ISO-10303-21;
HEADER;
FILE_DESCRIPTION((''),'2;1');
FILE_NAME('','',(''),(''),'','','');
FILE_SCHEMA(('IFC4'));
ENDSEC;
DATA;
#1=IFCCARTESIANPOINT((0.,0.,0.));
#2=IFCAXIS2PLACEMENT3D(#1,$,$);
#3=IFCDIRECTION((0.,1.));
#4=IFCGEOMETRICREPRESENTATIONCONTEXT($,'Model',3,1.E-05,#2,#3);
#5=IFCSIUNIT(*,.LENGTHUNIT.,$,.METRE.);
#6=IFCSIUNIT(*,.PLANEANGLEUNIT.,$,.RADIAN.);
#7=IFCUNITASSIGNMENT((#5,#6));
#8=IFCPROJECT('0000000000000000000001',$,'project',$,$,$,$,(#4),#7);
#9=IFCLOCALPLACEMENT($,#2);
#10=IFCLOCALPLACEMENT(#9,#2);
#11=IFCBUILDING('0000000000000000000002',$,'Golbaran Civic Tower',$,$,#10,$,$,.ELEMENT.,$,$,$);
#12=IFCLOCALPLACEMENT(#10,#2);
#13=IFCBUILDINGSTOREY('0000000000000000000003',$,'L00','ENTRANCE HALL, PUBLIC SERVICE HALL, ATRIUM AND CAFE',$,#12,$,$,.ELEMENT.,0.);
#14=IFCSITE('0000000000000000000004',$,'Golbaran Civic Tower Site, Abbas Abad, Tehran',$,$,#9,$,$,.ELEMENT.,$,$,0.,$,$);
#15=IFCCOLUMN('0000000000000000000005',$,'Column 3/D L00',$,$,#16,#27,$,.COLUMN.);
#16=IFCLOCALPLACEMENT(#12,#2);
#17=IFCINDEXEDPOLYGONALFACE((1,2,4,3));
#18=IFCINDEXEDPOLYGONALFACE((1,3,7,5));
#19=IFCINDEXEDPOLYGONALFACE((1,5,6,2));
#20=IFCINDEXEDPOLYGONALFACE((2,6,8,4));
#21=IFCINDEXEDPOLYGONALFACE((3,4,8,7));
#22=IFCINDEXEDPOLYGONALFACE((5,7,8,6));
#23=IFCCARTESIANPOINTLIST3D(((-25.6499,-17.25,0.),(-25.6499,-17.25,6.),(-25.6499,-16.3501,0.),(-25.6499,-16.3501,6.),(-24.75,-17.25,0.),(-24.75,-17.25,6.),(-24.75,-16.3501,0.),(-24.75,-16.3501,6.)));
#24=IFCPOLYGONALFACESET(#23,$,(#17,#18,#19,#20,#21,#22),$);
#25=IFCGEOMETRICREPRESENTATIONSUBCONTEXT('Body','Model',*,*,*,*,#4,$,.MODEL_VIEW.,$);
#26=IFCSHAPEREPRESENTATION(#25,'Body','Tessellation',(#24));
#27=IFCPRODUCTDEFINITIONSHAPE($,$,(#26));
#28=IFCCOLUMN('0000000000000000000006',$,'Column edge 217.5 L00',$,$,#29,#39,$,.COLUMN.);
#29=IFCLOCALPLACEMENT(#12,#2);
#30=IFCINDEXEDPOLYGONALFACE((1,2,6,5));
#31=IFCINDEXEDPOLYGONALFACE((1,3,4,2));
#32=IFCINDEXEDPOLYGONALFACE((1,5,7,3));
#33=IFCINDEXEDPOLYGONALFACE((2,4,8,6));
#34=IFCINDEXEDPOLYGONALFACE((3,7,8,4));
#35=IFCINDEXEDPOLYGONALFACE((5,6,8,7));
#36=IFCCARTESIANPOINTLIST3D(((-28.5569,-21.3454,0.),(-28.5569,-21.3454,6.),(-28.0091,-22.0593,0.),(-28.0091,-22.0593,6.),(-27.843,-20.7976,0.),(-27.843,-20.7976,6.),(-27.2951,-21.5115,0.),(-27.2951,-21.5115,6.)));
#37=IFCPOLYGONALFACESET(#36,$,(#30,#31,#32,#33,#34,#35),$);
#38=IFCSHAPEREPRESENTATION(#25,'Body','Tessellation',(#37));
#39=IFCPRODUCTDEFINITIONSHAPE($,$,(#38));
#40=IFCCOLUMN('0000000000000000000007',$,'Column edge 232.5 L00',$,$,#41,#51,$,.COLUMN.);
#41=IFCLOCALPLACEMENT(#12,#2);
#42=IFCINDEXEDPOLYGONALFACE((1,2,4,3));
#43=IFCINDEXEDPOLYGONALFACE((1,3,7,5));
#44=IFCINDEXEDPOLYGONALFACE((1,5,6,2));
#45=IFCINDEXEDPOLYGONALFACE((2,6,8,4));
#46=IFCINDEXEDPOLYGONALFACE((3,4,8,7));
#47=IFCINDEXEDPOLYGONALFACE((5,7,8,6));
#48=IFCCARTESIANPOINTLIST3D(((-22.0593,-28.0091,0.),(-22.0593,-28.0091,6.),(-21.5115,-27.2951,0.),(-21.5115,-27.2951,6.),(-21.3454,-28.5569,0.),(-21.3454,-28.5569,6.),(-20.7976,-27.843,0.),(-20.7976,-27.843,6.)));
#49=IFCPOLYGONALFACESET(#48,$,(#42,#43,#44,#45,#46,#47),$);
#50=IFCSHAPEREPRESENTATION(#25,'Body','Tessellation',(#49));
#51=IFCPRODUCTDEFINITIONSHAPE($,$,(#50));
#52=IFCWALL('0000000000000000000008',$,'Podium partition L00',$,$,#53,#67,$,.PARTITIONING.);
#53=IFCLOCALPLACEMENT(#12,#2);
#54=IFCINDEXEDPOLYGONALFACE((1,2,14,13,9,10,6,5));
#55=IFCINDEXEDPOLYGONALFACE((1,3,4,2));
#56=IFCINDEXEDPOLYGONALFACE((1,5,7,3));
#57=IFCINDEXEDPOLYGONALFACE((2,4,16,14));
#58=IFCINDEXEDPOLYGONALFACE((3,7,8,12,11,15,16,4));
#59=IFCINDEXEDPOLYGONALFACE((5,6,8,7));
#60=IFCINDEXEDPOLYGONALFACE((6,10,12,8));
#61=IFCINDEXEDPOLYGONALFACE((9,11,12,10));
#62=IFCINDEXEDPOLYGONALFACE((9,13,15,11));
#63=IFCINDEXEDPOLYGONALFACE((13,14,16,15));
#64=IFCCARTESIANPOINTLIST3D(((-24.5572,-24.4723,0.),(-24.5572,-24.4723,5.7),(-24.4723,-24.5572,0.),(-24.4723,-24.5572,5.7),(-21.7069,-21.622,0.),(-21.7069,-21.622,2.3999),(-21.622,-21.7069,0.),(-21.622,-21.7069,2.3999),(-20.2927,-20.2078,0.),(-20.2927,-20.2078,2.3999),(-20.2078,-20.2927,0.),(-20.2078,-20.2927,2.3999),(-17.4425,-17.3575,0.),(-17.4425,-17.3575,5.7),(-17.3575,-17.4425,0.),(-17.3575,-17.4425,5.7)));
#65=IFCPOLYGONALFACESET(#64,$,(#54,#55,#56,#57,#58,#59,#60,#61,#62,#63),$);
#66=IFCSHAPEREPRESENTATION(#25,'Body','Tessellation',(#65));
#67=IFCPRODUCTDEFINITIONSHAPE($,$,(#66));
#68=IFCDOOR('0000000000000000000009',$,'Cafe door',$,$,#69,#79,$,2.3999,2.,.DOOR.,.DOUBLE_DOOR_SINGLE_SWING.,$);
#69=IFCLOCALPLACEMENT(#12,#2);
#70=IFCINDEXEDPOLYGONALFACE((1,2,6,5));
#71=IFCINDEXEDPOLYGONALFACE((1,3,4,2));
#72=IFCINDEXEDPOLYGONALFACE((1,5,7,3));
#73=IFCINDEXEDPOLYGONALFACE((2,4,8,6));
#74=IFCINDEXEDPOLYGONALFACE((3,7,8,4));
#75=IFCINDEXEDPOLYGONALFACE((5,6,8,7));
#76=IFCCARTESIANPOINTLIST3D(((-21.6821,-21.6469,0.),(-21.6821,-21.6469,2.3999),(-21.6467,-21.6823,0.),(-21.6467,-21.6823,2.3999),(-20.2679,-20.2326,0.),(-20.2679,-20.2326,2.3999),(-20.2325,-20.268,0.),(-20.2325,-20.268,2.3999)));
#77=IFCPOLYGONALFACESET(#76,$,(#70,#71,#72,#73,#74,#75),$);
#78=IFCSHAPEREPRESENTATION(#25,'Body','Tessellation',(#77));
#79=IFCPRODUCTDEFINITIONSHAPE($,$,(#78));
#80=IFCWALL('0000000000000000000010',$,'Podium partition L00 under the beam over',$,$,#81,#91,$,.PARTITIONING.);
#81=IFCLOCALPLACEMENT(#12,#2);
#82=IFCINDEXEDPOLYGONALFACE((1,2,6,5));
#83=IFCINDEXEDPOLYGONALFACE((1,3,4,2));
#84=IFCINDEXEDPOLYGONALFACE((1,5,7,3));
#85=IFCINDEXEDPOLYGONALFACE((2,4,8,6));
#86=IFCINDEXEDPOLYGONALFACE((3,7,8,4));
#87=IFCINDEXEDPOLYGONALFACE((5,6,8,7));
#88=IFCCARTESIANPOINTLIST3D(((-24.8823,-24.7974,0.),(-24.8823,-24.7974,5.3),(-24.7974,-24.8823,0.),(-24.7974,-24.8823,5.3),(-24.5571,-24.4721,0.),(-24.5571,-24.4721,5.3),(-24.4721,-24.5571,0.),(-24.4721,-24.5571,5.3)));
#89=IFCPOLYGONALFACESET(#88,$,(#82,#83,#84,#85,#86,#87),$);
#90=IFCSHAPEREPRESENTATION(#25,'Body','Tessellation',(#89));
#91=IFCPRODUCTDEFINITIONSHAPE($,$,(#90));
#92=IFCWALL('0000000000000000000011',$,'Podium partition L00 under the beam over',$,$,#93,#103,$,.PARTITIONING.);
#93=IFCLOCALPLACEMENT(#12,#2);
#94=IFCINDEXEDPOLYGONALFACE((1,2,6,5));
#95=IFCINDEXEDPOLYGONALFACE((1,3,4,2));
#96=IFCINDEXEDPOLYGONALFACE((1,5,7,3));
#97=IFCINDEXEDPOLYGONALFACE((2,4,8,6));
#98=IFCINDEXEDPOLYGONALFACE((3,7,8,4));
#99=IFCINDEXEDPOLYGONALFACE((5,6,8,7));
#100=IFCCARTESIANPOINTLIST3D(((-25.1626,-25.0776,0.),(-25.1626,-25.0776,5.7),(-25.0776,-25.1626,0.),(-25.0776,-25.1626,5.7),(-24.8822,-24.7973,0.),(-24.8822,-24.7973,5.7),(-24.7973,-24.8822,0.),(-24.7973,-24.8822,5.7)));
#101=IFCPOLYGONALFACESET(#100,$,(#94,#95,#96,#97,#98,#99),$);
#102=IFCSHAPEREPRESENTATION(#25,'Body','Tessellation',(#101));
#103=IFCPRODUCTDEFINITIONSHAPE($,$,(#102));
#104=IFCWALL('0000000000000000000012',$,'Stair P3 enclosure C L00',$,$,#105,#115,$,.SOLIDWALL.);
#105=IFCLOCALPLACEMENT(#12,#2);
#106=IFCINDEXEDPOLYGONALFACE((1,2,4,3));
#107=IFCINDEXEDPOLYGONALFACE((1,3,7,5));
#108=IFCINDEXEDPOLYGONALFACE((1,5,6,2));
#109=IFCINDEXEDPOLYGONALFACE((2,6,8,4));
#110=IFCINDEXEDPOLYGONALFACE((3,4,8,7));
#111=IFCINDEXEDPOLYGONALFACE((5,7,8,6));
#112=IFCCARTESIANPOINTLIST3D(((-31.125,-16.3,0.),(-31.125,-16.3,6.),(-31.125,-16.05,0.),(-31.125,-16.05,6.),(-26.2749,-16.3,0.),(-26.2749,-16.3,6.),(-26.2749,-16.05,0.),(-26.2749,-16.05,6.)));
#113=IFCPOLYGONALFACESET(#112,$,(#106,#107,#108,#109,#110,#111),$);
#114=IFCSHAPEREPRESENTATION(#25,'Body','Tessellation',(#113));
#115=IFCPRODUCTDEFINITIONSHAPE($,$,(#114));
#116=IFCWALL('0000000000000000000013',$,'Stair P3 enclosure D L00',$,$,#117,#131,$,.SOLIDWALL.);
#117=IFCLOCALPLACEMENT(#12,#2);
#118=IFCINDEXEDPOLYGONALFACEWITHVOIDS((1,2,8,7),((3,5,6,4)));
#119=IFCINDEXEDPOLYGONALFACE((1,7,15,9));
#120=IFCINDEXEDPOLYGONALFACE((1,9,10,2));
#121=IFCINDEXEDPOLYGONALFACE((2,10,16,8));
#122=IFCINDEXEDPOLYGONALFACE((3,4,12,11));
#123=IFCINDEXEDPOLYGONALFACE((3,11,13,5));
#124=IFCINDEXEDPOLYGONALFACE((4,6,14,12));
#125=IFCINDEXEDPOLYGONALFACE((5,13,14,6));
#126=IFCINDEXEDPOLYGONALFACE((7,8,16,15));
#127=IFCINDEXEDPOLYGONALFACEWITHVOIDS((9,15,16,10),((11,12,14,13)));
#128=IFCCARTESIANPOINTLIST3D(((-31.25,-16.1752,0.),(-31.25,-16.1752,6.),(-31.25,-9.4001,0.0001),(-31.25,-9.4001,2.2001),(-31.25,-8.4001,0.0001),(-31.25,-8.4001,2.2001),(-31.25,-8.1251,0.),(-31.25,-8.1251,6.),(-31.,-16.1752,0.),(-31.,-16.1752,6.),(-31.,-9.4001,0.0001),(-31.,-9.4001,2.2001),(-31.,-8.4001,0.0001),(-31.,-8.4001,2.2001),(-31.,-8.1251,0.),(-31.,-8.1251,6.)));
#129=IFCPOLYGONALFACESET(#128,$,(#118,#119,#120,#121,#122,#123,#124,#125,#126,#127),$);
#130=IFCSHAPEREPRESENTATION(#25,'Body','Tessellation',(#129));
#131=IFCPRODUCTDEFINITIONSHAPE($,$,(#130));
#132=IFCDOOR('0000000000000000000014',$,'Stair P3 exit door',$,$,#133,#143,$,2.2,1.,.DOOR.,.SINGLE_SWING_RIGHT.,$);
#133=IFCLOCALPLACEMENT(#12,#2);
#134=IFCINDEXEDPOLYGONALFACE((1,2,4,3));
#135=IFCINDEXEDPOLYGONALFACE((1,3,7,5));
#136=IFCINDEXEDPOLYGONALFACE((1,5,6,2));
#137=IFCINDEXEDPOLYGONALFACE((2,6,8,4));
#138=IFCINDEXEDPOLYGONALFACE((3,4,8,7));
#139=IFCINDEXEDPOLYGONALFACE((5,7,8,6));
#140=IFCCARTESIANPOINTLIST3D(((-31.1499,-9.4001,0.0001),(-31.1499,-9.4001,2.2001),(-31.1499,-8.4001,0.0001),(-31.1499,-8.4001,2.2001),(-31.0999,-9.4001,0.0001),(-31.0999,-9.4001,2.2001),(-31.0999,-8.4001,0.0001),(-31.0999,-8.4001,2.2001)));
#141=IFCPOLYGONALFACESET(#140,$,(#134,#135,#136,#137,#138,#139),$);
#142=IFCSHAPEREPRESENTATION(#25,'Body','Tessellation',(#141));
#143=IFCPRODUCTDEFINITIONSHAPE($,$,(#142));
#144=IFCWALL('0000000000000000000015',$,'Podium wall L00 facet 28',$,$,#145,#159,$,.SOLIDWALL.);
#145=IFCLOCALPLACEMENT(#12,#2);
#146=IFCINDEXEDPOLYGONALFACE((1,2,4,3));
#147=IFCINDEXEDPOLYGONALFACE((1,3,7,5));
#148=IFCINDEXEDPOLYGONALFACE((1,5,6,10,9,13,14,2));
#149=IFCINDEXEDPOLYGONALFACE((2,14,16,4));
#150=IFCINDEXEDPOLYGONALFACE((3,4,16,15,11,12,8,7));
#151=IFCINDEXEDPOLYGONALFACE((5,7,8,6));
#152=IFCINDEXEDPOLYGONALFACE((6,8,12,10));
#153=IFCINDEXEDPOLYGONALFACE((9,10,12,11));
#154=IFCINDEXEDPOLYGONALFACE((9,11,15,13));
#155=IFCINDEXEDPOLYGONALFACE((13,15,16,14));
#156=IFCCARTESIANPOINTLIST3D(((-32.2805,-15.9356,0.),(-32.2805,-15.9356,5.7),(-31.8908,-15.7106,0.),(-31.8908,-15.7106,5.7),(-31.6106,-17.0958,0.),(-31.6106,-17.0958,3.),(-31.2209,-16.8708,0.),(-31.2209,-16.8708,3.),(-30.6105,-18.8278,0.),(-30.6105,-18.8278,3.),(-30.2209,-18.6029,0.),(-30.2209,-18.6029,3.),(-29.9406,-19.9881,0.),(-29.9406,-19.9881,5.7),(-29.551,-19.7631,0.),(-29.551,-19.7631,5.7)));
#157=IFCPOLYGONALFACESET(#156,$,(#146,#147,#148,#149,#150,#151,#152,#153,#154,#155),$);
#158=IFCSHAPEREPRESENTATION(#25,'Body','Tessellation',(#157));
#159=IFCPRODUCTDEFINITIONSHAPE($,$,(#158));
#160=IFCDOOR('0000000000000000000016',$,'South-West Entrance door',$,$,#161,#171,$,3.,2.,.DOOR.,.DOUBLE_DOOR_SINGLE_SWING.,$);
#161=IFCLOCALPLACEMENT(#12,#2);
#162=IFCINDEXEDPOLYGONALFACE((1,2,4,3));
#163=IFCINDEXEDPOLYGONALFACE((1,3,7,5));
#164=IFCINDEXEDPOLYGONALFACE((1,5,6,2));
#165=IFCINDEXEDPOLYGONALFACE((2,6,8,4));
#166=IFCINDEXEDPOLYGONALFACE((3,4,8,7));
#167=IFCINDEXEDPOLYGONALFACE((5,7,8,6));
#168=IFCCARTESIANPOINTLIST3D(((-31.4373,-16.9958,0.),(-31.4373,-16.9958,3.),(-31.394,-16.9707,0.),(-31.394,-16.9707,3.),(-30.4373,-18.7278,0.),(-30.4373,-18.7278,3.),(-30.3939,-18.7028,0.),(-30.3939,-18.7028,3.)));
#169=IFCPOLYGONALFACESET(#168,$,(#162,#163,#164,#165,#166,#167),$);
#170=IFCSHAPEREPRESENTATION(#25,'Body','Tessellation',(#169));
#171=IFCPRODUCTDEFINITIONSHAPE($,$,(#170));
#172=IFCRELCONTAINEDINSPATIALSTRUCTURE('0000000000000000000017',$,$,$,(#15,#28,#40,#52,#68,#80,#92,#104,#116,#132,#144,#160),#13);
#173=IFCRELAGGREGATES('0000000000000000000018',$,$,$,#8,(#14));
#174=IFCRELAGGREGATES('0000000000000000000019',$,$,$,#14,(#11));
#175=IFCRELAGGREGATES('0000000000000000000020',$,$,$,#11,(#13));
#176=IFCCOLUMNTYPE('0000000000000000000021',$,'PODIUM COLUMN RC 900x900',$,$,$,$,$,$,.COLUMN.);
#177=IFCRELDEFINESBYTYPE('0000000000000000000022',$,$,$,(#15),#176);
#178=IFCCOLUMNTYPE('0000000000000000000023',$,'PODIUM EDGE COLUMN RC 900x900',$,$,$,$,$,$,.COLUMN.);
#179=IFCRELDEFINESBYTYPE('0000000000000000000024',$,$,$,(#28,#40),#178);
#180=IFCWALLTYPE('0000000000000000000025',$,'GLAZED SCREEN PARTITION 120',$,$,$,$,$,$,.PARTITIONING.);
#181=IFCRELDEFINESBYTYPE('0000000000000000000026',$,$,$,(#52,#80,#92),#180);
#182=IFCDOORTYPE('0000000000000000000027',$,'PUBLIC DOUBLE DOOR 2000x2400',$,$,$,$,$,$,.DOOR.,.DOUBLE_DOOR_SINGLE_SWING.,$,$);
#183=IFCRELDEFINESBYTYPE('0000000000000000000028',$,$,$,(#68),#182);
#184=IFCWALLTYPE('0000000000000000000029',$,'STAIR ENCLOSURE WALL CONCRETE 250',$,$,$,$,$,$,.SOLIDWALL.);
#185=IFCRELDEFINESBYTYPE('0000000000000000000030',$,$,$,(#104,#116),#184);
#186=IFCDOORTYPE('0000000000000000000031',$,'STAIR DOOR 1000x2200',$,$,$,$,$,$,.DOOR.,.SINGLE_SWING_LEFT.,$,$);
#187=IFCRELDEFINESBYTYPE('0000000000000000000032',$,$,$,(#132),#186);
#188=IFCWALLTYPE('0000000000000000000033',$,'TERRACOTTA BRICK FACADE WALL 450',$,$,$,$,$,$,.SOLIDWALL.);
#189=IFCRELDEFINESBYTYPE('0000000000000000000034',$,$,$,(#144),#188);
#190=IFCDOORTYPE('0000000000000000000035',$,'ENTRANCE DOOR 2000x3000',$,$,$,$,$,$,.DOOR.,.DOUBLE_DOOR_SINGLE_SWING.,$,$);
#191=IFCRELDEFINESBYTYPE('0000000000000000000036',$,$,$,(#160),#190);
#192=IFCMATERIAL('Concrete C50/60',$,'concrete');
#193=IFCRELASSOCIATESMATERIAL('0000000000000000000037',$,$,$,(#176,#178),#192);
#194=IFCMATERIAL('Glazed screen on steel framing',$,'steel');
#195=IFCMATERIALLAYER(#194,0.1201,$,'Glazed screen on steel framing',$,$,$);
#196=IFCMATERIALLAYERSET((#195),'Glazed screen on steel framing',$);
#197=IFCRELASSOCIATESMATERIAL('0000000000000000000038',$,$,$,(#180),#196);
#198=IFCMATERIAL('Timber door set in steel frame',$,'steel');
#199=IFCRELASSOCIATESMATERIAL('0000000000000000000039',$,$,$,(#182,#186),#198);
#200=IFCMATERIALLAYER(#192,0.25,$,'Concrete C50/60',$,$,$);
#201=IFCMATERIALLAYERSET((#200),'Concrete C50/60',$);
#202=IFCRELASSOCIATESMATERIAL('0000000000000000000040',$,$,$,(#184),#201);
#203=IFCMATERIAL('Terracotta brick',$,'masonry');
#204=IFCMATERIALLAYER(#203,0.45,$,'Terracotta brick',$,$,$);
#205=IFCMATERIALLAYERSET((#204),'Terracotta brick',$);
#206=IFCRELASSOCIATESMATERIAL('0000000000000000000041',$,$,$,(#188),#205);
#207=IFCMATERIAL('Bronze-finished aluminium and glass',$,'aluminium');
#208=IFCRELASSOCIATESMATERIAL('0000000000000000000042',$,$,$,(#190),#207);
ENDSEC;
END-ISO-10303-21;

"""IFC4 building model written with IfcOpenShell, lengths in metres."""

from ifc_helpers import new_model, si_unit, direction, frame, frame_2d, origin, origin_2d, place, context, subcontext, project, spatial, rectangle, extrude, material, layer, layer_set, material_profile, profile_set, type_object, element, fill, save


model = new_model("IFC4")

# Units and contexts
model_context = context("Model", 3, precision=1e-05, world=origin(), true_north=direction((0.0, 1.0)))
body_context = subcontext(model_context, "Body", "Model", "MODEL_VIEW")
ifc_project = project(units=[si_unit("LENGTHUNIT", "METRE"), si_unit("PLANEANGLEUNIT", "RADIAN")], contexts=[model_context])

# Site, building, storey
site_placement = place(None, origin())
site = spatial("IfcSite", under=ifc_project, at=site_placement, Name="Golbaran Civic Tower Site, Abbas Abad, Tehran", CompositionType="ELEMENT", RefElevation=0.0)
building_placement = place(site_placement, origin())
building = spatial("IfcBuilding", under=site, at=building_placement, Name="Golbaran Civic Tower", CompositionType="ELEMENT")
storey_placement = place(building_placement, origin())
storey = spatial("IfcBuildingStorey", under=building, at=storey_placement, Name="L00", Description="ENTRANCE HALL, PUBLIC SERVICE HALL, ATRIUM AND CAFE", CompositionType="ELEMENT", Elevation=0.0)

# Columns
ifc_material_1 = material(Name="Concrete C50/60", Category="concrete")
ifc_material_profile_1 = material_profile(ifc_material_1, rectangle(XDim=0.8999, YDim=0.8999, at=origin_2d()), Name="RC 900x900")
ifc_profile_set_1 = profile_set([ifc_material_profile_1], Name="Concrete C50/60")
column_type_1 = type_object("IfcColumnType", Name="PODIUM COLUMN RC 900x900", PredefinedType="COLUMN", material=ifc_profile_set_1)
column_placement = place(storey_placement, frame((-25.2, -16.8, 0.0), z_axis=(0.0, 0.0, 1.0), x_axis=(1.0, 0.0, 0.0)))
element("IfcColumn", 1, at=column_placement, inside=storey, type_object=column_type_1, Name="Column 3/D L00", PredefinedType="COLUMN", context=body_context, shape_type="SweptSolid", body=[
    extrude(rectangle(XDim=0.8999, YDim=0.8999, at=origin_2d()), origin(), (0.0, 0.0, 1.0), 6.0),
])
ifc_material_profile_2 = material_profile(ifc_material_1, rectangle(XDim=0.8999, YDim=0.8999, at=origin_2d()), Name="RC 900x900")
ifc_profile_set_2 = profile_set([ifc_material_profile_2], Name="Concrete C50/60")
column_type_2 = type_object("IfcColumnType", Name="PODIUM EDGE COLUMN RC 900x900", PredefinedType="COLUMN", material=ifc_profile_set_2)
for number, where, z_axis, x_axis, name in (
    (2, (-27.926, -21.4285, 0.0), (0.0, 0.0, 1.0), (-0.793353, -0.608761, 0.0), "Column edge 217.5 L00"),
    (3, (-21.4285, -27.926, 0.0), (0.0, 0.0, 1.0), (-0.608761, -0.793353, 0.0), "Column edge 232.5 L00"),
):
    element("IfcColumn", number, at=place(storey_placement, frame(where, z_axis=z_axis, x_axis=x_axis)), inside=storey, type_object=column_type_2, Name=name, PredefinedType="COLUMN", context=body_context, shape_type="SweptSolid", body=[
        extrude(rectangle(XDim=0.8999, YDim=0.8999, at=origin_2d()), origin(), (0.0, 0.0, 1.0), 6.0),
    ])

# Wall, opening, door
ifc_material_2 = material(Name="Glazed screen on steel framing", Category="steel")
ifc_layer_1 = layer(ifc_material_2, 0.1201, Name="Glazed screen on steel framing")
ifc_layer_set_1 = layer_set([ifc_layer_1], Name="Glazed screen on steel framing")
wall_type_1 = type_object("IfcWallType", Name="GLAZED SCREEN PARTITION 120", PredefinedType="PARTITIONING", material=ifc_layer_set_1)
wall_1_placement = place(storey_placement, frame((-24.5146, -24.5146, 0.0), z_axis=(0.0, 0.0, 1.0), x_axis=(0.707107, 0.707107, 0.0)))
wall_1 = element("IfcWall", 4, at=wall_1_placement, inside=storey, type_object=wall_type_1, Name="Podium partition L00", PredefinedType="PARTITIONING", context=body_context, shape_type="SweptSolid", body=[
    extrude(rectangle(XDim=10.0618, YDim=0.1201, at=frame_2d((5.0308, 0.0))), origin(), (0.0, 0.0, 1.0), 5.7),
])
opening_1_placement = place(wall_1_placement, frame((4.0308, 0.0, 0.0)))
opening_1 = element("IfcOpeningElement", 5, at=opening_1_placement, cuts=wall_1, PredefinedType="OPENING", context=body_context, shape_type="SweptSolid", body=[
    extrude(rectangle(XDim=2.0, YDim=2.3999, at=frame_2d((1.0, 1.2))), frame((0.0, 0.0701, 0.0), z_axis=(0.0, -1.0, 0.0), x_axis=(1.0, 0.0, 0.0)), (0.0, 0.0, 1.0), 0.1401),
])
ifc_material_3 = material(Name="Timber door set in steel frame", Category="steel")
door_type_1 = type_object("IfcDoorType", Name="PUBLIC DOUBLE DOOR 2000x2400", OperationType="DOUBLE_DOOR_SINGLE_SWING", PredefinedType="DOOR", material=ifc_material_3)
door_1_placement = place(opening_1_placement, origin())
door_1 = element("IfcDoor", 6, at=door_1_placement, inside=storey, type_object=door_type_1, Name="Cafe door", OperationType="DOUBLE_DOOR_SINGLE_SWING", OverallHeight=2.3999, OverallWidth=2.0, PredefinedType="DOOR", context=body_context, shape_type="SweptSolid", body=[
    extrude(rectangle(XDim=2.0, YDim=2.3999, at=frame_2d((1.0, 1.2))), frame((0.0, 0.0249, 0.0), z_axis=(0.0, -1.0, 0.0), x_axis=(1.0, 0.0, 0.0)), (0.0, 0.0, 1.0), 0.05),
])
fill(opening_1, door_1)

# Walls
wall_2_placement = place(storey_placement, frame((-24.8398, -24.8398, 0.0), z_axis=(0.0, 0.0, 1.0), x_axis=(0.707107, 0.707107, 0.0)))
element("IfcWall", 7, at=wall_2_placement, inside=storey, type_object=wall_type_1, Name="Podium partition L00 under the beam over", PredefinedType="PARTITIONING", context=body_context, shape_type="SweptSolid", body=[
    extrude(rectangle(XDim=0.46, YDim=0.1201, at=frame_2d((0.23, 0.0))), origin(), (0.0, 0.0, 1.0), 5.3),
])
wall_3_placement = place(storey_placement, frame((-25.1201, -25.1201, 0.0), z_axis=(0.0, 0.0, 1.0), x_axis=(0.707107, 0.707107, 0.0)))
element("IfcWall", 8, at=wall_3_placement, inside=storey, type_object=wall_type_1, Name="Podium partition L00 under the beam over", PredefinedType="PARTITIONING", context=body_context, shape_type="SweptSolid", body=[
    extrude(rectangle(XDim=0.3965, YDim=0.1201, at=frame_2d((0.1982, 0.0))), origin(), (0.0, 0.0, 1.0), 5.7),
])
ifc_layer_2 = layer(ifc_material_1, 0.25, Name="Concrete C50/60")
ifc_layer_set_2 = layer_set([ifc_layer_2], Name="Concrete C50/60")
wall_type_2 = type_object("IfcWallType", Name="STAIR ENCLOSURE WALL CONCRETE 250", PredefinedType="SOLIDWALL", material=ifc_layer_set_2)
wall_4_placement = place(storey_placement, frame((-26.2749, -16.175, 0.0), z_axis=(0.0, 0.0, 1.0), x_axis=(-1.0, 0.0, 0.0)))
element("IfcWall", 9, at=wall_4_placement, inside=storey, type_object=wall_type_2, Name="Stair P3 enclosure C L00", PredefinedType="SOLIDWALL", context=body_context, shape_type="SweptSolid", body=[
    extrude(rectangle(XDim=4.8501, YDim=0.25, at=frame_2d((2.425, 0.0))), origin(), (0.0, 0.0, 1.0), 6.0),
])

# Walls, openings, doors
wall_5_placement = place(storey_placement, frame((-31.125, -16.175, 0.0), z_axis=(0.0, 0.0, 1.0), x_axis=(0.0, 1.0, 0.0)))
wall_5 = element("IfcWall", 10, at=wall_5_placement, inside=storey, type_object=wall_type_2, Name="Stair P3 enclosure D L00", PredefinedType="SOLIDWALL", context=body_context, shape_type="SweptSolid", body=[
    extrude(rectangle(XDim=8.05, YDim=0.25, at=frame_2d((4.0249, 0.0))), origin(), (0.0, 0.0, 1.0), 6.0),
])
opening_2_placement = place(wall_5_placement, frame((6.7749, 0.0, 0.0)))
opening_2 = element("IfcOpeningElement", 11, at=opening_2_placement, cuts=wall_5, PredefinedType="OPENING", context=body_context, shape_type="SweptSolid", body=[
    extrude(rectangle(XDim=1.0, YDim=2.2, at=frame_2d((0.5, 1.1001))), frame((0.0, 0.135, 0.0), z_axis=(0.0, -1.0, 0.0), x_axis=(1.0, 0.0, 0.0)), (0.0, 0.0, 1.0), 0.27),
])
door_type_2 = type_object("IfcDoorType", Name="STAIR DOOR 1000x2200", OperationType="SINGLE_SWING_LEFT", PredefinedType="DOOR", material=ifc_material_3)
door_2_placement = place(opening_2_placement, origin())
door_2 = element("IfcDoor", 12, at=door_2_placement, inside=storey, type_object=door_type_2, Name="Stair P3 exit door", OperationType="SINGLE_SWING_RIGHT", OverallHeight=2.2, OverallWidth=1.0, PredefinedType="DOOR", context=body_context, shape_type="SweptSolid", body=[
    extrude(rectangle(XDim=1.0, YDim=2.2, at=frame_2d((0.5, 1.1001))), frame((0.0, 0.0249, 0.0), z_axis=(0.0, -1.0, 0.0), x_axis=(1.0, 0.0, 0.0)), (0.0, 0.0, 1.0), 0.05),
])
fill(opening_2, door_2)
ifc_material_4 = material(Name="Terracotta brick", Category="masonry")
ifc_layer_3 = layer(ifc_material_4, 0.45, Name="Terracotta brick")
ifc_layer_set_3 = layer_set([ifc_layer_3], Name="Terracotta brick")
wall_type_3 = type_object("IfcWallType", Name="TERRACOTTA BRICK FACADE WALL 450", PredefinedType="SOLIDWALL", material=ifc_layer_set_3)
wall_6_placement = place(storey_placement, frame((-32.0857, -15.823, 0.0), z_axis=(0.0, 0.0, 1.0), x_axis=(0.500022, -0.866013, 0.0)))
wall_6 = element("IfcWall", 13, at=wall_6_placement, inside=storey, type_object=wall_type_3, Name="Podium wall L00 facet 28", PredefinedType="SOLIDWALL", context=body_context, shape_type="SweptSolid", body=[
    extrude(rectangle(XDim=4.6794, YDim=0.45, at=frame_2d((2.3398, 0.0))), origin(), (0.0, 0.0, 1.0), 5.7),
])
opening_3_placement = place(wall_6_placement, frame((1.3398, 0.0, 0.0)))
opening_3 = element("IfcOpeningElement", 14, at=opening_3_placement, cuts=wall_6, PredefinedType="OPENING", context=body_context, shape_type="SweptSolid", body=[
    extrude(rectangle(XDim=2.0, YDim=3.0, at=frame_2d((1.0, 1.5))), frame((0.0, 0.2349, 0.0), z_axis=(0.0, -1.0, 0.0), x_axis=(1.0, 0.0, 0.0)), (0.0, 0.0, 1.0), 0.47),
])
ifc_material_5 = material(Name="Bronze-finished aluminium and glass", Category="aluminium")
door_type_3 = type_object("IfcDoorType", Name="ENTRANCE DOOR 2000x3000", OperationType="DOUBLE_DOOR_SINGLE_SWING", PredefinedType="DOOR", material=ifc_material_5)
door_3_placement = place(opening_3_placement, frame((2.0, 0.0, 0.0), z_axis=(0.0, 0.0, 1.0), x_axis=(-1.0, 0.0, 0.0)))
door_3 = element("IfcDoor", 15, at=door_3_placement, inside=storey, type_object=door_type_3, Name="South-West Entrance door", OperationType="DOUBLE_DOOR_SINGLE_SWING", OverallHeight=3.0, OverallWidth=2.0, PredefinedType="DOOR", context=body_context, shape_type="SweptSolid", body=[
    extrude(rectangle(XDim=2.0, YDim=3.0, at=frame_2d((1.0, 1.5))), frame((0.0, 0.0249, 0.0), z_axis=(0.0, -1.0, 0.0), x_axis=(1.0, 0.0, 0.0)), (0.0, 0.0, 1.0), 0.05),
])
fill(opening_3, door_3)

save(model, "model.ifc")
